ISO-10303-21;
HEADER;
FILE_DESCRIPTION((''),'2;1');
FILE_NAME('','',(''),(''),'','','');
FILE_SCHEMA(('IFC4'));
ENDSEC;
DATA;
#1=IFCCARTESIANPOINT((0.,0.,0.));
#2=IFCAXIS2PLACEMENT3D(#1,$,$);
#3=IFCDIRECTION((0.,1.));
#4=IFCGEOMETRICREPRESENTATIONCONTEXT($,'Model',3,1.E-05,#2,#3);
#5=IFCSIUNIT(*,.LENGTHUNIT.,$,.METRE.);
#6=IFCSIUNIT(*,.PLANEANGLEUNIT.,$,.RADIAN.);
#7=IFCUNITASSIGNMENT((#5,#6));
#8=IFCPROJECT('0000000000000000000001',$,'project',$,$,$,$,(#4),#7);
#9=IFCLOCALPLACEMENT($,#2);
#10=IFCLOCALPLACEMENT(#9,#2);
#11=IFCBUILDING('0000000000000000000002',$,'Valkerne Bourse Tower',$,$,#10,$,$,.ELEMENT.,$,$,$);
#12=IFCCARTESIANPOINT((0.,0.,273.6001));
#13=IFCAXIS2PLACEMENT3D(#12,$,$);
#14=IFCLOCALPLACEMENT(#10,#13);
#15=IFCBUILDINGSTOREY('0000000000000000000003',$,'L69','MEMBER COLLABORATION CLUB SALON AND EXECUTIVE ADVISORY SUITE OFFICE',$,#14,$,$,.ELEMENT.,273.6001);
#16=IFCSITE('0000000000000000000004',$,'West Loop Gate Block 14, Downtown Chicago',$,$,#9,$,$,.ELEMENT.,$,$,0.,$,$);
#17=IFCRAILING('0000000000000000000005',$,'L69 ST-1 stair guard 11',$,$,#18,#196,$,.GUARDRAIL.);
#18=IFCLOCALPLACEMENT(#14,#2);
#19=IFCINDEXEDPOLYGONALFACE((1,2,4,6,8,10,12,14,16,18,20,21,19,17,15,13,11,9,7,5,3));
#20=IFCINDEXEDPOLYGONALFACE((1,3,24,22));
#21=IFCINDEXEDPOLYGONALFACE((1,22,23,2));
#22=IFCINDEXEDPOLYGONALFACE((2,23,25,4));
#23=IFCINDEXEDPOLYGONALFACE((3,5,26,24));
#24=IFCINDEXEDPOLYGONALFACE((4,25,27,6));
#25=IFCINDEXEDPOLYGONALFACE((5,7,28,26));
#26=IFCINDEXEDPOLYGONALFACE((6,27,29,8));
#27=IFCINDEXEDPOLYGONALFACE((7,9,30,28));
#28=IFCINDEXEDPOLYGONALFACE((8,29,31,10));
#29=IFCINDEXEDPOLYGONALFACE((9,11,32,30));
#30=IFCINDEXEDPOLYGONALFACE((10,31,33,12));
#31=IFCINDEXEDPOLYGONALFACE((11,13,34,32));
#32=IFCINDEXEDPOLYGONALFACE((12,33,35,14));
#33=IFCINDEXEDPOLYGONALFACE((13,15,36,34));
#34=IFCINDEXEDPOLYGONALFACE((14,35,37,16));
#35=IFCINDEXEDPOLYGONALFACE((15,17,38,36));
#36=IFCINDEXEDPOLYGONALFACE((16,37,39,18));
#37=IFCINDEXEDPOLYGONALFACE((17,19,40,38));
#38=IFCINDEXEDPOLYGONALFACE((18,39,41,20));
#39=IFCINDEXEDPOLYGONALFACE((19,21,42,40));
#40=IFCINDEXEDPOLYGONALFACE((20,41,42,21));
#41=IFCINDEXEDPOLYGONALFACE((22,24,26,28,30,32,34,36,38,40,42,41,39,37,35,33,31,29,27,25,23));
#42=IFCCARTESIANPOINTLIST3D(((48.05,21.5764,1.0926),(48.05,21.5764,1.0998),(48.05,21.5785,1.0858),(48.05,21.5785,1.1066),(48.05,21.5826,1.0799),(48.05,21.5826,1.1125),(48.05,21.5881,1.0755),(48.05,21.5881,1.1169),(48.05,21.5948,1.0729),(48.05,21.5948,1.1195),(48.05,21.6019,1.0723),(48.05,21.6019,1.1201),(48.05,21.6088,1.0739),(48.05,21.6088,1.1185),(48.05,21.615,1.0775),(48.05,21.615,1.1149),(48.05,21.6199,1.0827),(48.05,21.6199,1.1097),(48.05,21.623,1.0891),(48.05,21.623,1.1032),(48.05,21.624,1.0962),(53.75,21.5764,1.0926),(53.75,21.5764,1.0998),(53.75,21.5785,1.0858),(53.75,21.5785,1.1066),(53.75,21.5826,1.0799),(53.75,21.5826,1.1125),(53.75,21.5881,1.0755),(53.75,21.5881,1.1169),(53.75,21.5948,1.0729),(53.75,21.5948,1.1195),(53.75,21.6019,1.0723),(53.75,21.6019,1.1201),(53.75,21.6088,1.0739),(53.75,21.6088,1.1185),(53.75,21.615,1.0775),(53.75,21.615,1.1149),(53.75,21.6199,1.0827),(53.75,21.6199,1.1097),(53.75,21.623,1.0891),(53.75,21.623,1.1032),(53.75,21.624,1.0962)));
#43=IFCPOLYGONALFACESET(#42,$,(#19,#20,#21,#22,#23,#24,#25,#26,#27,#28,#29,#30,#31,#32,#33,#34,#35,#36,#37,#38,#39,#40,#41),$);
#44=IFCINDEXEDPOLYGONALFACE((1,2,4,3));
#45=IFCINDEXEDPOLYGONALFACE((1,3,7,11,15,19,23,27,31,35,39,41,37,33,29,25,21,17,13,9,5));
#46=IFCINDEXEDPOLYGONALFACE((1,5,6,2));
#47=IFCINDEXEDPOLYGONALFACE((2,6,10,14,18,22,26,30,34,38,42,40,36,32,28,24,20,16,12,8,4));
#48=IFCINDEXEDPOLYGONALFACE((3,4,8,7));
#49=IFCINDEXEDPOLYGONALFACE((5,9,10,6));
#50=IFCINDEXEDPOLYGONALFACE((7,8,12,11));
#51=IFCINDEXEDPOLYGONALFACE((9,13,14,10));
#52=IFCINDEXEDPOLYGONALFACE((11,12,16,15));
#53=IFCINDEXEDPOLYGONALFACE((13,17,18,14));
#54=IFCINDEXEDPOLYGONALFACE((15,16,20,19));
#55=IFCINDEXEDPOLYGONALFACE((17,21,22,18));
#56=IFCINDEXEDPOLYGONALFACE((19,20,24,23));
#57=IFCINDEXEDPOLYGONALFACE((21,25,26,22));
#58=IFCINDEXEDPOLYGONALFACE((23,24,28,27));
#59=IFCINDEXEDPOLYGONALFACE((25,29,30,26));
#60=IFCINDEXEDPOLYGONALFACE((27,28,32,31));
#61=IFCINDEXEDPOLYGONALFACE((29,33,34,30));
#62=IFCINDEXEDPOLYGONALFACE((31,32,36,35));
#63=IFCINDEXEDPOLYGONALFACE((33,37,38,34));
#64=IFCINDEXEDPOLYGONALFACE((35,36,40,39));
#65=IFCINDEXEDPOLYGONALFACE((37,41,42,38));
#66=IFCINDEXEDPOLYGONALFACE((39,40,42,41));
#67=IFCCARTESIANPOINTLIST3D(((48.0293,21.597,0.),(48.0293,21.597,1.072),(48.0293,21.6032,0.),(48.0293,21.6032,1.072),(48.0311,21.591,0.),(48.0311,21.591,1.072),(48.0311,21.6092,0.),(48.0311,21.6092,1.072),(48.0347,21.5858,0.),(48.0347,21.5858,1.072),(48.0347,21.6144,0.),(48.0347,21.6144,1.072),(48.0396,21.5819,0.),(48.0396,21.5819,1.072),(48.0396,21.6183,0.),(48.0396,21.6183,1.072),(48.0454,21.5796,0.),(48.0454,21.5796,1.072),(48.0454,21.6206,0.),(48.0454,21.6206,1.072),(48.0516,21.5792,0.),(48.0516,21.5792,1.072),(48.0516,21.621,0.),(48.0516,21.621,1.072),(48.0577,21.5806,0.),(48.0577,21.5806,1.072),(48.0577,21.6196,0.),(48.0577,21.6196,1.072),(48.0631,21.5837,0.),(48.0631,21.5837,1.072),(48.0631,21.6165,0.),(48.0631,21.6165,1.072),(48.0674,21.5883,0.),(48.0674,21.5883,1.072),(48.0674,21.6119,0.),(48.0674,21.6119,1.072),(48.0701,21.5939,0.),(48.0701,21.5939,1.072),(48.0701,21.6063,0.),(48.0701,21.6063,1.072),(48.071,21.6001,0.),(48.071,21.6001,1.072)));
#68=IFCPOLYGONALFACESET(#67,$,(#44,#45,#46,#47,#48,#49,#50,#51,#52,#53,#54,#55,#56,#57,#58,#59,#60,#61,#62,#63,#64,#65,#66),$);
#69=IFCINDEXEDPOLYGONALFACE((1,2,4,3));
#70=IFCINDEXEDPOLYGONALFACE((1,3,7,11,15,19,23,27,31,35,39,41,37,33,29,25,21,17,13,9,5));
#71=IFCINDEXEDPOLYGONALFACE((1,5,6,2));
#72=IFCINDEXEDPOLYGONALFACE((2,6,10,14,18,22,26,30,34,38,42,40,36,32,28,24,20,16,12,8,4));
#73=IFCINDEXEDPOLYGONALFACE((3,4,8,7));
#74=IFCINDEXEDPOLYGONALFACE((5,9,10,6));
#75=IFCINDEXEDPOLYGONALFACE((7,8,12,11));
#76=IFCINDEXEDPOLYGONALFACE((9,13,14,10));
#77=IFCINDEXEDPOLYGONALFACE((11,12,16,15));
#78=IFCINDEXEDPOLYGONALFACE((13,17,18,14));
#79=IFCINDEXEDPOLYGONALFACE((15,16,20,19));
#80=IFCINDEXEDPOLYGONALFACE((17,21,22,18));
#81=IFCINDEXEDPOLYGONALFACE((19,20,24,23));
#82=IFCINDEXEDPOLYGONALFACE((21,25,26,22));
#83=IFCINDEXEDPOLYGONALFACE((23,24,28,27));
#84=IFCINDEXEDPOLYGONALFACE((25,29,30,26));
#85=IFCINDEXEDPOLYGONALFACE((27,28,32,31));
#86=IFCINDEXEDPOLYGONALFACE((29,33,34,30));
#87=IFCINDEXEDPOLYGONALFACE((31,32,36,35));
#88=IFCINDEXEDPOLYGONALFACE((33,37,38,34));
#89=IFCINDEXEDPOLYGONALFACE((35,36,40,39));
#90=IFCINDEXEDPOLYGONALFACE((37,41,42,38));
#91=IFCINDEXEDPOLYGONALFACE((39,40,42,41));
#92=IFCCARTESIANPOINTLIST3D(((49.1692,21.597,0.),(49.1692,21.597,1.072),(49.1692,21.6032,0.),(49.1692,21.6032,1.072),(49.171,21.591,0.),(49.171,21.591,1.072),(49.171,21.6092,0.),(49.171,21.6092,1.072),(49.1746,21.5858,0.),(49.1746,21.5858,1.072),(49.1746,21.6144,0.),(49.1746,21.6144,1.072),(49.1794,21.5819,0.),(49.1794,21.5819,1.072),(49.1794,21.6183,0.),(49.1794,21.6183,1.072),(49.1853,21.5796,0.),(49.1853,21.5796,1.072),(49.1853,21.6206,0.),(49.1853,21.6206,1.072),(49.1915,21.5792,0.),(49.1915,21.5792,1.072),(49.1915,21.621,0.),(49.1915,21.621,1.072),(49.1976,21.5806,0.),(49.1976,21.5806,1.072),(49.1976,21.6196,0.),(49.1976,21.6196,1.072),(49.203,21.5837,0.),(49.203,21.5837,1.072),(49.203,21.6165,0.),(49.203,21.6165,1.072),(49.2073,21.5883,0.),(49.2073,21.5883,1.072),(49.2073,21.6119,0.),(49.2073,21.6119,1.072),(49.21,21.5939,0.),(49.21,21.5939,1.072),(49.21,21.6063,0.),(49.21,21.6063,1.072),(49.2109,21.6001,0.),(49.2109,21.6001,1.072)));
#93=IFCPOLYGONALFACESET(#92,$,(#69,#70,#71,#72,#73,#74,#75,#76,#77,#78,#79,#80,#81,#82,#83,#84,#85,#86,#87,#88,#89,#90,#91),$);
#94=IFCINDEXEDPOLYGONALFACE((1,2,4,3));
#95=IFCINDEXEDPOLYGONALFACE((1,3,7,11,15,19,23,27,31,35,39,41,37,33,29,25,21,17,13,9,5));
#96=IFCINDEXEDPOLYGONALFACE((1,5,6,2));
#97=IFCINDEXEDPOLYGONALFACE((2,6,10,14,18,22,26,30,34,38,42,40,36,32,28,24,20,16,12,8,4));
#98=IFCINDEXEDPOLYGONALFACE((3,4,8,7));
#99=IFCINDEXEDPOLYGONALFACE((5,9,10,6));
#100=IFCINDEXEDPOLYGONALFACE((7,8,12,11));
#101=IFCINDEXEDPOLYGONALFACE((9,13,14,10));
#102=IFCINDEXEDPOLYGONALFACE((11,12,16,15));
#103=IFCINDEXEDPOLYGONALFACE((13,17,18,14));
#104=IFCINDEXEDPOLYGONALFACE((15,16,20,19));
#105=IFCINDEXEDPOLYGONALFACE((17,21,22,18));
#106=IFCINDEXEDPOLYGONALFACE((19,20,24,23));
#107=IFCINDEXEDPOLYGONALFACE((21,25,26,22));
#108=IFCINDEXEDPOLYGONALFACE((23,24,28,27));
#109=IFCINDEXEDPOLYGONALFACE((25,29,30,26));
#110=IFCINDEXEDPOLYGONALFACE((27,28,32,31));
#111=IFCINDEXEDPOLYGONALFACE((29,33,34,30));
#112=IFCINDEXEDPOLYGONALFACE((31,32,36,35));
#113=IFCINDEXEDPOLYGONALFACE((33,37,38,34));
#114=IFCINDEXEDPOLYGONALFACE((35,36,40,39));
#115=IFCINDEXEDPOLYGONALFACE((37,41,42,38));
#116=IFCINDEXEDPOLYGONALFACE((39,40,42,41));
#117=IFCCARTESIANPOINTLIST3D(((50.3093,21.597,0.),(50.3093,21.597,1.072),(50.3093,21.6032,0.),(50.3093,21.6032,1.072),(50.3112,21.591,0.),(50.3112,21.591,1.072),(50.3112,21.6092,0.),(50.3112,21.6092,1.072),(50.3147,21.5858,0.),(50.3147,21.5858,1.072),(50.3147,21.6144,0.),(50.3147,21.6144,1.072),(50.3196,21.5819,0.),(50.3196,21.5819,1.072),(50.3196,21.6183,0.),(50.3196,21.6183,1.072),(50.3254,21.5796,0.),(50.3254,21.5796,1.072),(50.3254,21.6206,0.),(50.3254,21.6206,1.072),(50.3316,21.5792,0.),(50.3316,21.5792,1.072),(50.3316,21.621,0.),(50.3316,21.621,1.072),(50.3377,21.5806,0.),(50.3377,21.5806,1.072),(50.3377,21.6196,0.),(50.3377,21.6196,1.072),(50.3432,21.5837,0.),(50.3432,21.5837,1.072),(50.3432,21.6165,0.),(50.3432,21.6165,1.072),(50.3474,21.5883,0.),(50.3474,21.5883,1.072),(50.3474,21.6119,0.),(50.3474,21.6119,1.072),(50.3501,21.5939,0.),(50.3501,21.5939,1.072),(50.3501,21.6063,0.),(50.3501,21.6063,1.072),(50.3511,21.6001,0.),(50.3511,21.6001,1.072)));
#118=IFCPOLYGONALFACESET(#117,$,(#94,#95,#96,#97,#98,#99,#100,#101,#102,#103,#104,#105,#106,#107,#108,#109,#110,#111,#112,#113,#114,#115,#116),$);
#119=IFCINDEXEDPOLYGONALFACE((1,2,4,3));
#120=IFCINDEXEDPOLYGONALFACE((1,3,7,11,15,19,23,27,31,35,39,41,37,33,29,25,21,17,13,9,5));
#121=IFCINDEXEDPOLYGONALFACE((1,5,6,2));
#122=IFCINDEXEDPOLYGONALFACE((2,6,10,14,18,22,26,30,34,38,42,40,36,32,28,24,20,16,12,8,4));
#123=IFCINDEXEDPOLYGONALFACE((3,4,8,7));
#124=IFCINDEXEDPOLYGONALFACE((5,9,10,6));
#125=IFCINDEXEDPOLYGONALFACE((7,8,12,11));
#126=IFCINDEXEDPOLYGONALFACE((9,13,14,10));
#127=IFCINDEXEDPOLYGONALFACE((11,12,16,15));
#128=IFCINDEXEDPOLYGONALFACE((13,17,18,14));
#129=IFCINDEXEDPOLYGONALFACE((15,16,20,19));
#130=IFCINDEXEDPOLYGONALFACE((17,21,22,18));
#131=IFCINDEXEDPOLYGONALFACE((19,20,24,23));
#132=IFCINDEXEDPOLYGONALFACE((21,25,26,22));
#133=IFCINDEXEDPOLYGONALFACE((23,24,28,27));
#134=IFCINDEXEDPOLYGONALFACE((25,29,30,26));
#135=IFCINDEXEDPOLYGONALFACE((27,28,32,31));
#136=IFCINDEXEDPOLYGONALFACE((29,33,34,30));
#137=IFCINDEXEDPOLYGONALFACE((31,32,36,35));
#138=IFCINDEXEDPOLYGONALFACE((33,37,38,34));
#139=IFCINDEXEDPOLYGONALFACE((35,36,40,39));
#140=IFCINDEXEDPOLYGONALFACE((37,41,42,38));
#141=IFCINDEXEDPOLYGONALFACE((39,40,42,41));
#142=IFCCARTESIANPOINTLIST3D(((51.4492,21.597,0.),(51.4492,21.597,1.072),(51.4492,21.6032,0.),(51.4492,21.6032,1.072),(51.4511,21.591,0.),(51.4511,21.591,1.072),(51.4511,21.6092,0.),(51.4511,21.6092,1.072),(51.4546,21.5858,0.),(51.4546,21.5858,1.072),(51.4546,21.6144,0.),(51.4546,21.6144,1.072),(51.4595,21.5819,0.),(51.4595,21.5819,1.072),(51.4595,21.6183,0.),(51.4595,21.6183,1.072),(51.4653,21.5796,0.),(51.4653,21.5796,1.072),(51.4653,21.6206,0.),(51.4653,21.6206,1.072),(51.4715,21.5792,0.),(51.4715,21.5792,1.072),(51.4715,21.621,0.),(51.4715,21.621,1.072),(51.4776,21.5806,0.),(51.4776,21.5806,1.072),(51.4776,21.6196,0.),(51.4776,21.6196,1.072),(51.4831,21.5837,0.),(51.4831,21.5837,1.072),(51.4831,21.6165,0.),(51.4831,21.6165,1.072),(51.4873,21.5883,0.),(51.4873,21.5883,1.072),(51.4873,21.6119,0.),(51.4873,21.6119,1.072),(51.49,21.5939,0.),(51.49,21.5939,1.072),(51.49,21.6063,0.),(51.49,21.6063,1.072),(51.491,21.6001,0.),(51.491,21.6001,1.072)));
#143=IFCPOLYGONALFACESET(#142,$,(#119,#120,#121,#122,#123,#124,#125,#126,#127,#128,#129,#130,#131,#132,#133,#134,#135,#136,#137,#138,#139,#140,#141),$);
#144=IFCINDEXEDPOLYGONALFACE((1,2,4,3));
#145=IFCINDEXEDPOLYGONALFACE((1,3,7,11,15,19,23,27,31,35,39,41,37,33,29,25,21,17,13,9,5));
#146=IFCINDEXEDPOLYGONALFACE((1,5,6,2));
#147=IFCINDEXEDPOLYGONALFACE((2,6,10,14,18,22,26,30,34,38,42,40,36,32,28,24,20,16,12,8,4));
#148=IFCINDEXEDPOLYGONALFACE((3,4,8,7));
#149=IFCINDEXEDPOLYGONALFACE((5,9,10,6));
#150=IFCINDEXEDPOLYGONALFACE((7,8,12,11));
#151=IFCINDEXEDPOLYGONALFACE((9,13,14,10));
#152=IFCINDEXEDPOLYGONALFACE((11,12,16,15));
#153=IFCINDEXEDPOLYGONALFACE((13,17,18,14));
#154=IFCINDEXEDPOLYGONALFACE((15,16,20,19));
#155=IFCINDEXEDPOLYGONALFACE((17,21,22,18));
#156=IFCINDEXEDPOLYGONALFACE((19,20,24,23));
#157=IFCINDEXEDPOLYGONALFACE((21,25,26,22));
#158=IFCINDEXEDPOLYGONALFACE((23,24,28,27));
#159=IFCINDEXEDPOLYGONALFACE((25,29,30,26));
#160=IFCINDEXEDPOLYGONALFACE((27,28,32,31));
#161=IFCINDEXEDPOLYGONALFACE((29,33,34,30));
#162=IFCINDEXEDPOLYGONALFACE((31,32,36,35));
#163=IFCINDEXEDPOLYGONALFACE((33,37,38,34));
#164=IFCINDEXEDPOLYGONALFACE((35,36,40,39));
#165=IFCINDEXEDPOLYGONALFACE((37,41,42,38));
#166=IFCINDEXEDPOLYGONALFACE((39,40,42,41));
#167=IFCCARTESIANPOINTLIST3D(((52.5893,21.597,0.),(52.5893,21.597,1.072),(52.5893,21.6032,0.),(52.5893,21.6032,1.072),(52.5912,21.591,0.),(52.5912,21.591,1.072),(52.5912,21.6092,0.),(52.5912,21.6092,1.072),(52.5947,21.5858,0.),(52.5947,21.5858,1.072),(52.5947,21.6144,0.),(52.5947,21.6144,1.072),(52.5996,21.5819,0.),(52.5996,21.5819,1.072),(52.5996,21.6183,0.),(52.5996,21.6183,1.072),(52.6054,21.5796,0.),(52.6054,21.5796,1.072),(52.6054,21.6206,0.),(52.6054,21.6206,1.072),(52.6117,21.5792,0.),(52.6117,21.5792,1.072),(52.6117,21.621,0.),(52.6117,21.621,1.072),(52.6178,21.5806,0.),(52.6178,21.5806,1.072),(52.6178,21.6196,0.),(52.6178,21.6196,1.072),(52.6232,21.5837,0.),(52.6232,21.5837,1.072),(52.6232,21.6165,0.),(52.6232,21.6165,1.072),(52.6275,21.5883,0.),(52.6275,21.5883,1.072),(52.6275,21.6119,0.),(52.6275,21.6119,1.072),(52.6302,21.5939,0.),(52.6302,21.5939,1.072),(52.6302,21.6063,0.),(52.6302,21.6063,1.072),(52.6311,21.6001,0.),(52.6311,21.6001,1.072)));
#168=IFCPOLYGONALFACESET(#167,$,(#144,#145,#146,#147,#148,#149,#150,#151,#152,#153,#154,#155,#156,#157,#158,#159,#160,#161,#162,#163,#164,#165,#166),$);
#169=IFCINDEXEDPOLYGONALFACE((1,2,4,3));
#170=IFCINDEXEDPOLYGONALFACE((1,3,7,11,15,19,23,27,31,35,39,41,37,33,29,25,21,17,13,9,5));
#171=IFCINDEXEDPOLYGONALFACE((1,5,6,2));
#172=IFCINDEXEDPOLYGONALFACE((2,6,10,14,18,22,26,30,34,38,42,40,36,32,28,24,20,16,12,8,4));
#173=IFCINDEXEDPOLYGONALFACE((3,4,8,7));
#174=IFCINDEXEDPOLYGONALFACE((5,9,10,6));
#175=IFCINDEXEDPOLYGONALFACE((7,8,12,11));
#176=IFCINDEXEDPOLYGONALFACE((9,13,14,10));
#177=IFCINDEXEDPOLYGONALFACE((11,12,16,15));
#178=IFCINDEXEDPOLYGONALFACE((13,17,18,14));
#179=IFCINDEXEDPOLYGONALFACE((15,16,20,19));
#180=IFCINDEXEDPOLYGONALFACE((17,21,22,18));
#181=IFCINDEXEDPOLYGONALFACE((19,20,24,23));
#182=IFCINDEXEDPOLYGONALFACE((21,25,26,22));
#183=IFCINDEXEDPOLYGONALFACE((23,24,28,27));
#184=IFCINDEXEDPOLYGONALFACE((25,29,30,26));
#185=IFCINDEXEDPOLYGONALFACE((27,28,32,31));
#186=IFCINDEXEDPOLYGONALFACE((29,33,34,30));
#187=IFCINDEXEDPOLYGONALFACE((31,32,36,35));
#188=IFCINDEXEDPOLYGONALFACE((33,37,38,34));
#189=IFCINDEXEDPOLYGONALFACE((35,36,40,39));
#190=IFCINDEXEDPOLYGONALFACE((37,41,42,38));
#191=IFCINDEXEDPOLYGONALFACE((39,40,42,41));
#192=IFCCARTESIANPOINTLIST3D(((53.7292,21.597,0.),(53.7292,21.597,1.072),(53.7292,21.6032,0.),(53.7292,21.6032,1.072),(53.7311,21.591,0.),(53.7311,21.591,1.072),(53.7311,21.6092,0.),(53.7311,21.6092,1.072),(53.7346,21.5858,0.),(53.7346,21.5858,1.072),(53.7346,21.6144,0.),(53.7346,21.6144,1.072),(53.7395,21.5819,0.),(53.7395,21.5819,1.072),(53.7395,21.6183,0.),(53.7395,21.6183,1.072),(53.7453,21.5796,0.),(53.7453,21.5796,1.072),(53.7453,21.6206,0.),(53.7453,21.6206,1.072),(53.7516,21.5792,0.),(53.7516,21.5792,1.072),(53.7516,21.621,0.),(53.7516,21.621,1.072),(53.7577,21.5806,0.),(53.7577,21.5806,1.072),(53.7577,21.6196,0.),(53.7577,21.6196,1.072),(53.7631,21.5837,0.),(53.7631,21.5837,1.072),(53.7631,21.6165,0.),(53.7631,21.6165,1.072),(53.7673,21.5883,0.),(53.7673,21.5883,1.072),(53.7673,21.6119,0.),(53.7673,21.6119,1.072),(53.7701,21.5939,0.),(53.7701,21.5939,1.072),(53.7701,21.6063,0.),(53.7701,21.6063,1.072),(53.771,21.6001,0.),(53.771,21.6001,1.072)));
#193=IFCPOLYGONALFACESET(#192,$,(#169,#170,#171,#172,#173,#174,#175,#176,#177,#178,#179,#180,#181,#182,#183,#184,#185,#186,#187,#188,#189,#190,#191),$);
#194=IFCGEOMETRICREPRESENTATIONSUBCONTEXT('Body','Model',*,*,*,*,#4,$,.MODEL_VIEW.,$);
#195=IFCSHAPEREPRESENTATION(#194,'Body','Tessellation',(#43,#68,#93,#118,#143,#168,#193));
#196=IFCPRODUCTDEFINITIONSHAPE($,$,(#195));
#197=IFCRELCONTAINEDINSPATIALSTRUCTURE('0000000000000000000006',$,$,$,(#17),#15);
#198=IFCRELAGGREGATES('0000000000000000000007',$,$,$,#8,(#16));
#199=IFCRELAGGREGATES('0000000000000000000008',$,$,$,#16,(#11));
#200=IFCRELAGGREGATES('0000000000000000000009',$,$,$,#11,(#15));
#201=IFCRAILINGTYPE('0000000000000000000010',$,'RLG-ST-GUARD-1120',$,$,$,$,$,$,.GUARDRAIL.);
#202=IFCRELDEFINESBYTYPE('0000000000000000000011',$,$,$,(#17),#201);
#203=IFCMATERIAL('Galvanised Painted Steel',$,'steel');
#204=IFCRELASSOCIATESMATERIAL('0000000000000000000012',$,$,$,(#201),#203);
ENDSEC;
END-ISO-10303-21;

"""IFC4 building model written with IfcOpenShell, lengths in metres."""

from ifc_helpers import new_model, si_unit, direction, frame, origin, origin_2d, place, context, subcontext, project, spatial, circle, extrude, material, type_object, element, save


model = new_model("IFC4")

# Units and contexts
model_context = context("Model", 3, precision=1e-05, world=origin(), true_north=direction((0.0, 1.0)))
body_context = subcontext(model_context, "Body", "Model", "MODEL_VIEW")
ifc_project = project(units=[si_unit("LENGTHUNIT", "METRE"), si_unit("PLANEANGLEUNIT", "RADIAN")], contexts=[model_context])

# Site, building, storey
site_placement = place(None, origin())
site = spatial("IfcSite", under=ifc_project, at=site_placement, Name="West Loop Gate Block 14, Downtown Chicago", CompositionType="ELEMENT", RefElevation=0.0)
building_placement = place(site_placement, origin())
building = spatial("IfcBuilding", under=site, at=building_placement, Name="Valkerne Bourse Tower", CompositionType="ELEMENT")
storey_placement = place(building_placement, frame((0.0, 0.0, 273.6001)))
storey = spatial("IfcBuildingStorey", under=building, at=storey_placement, Name="L69", Description="MEMBER COLLABORATION CLUB SALON AND EXECUTIVE ADVISORY SUITE OFFICE", CompositionType="ELEMENT", Elevation=273.6001)

# Shared definitions
ifc_material_1 = material(Name="Galvanised Painted Steel", Category="steel")

# Railing
railing_type_1 = type_object("IfcRailingType", Name="RLG-ST-GUARD-1120", PredefinedType="GUARDRAIL", material=ifc_material_1)
railing_1_placement = place(storey_placement, frame((48.05, 21.6001, 0.0)))
element("IfcRailing", 1, at=railing_1_placement, inside=storey, type_object=railing_type_1, Name="L69 ST-1 stair guard 11", PredefinedType="GUARDRAIL", context=body_context, shape_type="SweptSolid", body=[
    extrude(circle(Radius=0.0239, at=origin_2d()), frame((0.0, 0.0, 1.0962), z_axis=(1.0, 0.0, 0.0), x_axis=(0.0, 1.0, 0.0)), (0.0, 0.0, 1.0), 5.7),
    extrude(circle(Radius=0.021, at=origin_2d()), origin(), (0.0, 0.0, 1.0), 1.072),
    extrude(circle(Radius=0.021, at=origin_2d()), frame((1.1399, 0.0, 0.0)), (0.0, 0.0, 1.0), 1.072),
    extrude(circle(Radius=0.021, at=origin_2d()), frame((2.28, 0.0, 0.0)), (0.0, 0.0, 1.0), 1.072),
    extrude(circle(Radius=0.021, at=origin_2d()), frame((3.4199, 0.0, 0.0)), (0.0, 0.0, 1.0), 1.072),
    extrude(circle(Radius=0.021, at=origin_2d()), frame((4.5601, 0.0, 0.0)), (0.0, 0.0, 1.0), 1.072),
    extrude(circle(Radius=0.021, at=origin_2d()), frame((5.7, 0.0, 0.0)), (0.0, 0.0, 1.0), 1.072),
])

save(model, "model.ifc")
